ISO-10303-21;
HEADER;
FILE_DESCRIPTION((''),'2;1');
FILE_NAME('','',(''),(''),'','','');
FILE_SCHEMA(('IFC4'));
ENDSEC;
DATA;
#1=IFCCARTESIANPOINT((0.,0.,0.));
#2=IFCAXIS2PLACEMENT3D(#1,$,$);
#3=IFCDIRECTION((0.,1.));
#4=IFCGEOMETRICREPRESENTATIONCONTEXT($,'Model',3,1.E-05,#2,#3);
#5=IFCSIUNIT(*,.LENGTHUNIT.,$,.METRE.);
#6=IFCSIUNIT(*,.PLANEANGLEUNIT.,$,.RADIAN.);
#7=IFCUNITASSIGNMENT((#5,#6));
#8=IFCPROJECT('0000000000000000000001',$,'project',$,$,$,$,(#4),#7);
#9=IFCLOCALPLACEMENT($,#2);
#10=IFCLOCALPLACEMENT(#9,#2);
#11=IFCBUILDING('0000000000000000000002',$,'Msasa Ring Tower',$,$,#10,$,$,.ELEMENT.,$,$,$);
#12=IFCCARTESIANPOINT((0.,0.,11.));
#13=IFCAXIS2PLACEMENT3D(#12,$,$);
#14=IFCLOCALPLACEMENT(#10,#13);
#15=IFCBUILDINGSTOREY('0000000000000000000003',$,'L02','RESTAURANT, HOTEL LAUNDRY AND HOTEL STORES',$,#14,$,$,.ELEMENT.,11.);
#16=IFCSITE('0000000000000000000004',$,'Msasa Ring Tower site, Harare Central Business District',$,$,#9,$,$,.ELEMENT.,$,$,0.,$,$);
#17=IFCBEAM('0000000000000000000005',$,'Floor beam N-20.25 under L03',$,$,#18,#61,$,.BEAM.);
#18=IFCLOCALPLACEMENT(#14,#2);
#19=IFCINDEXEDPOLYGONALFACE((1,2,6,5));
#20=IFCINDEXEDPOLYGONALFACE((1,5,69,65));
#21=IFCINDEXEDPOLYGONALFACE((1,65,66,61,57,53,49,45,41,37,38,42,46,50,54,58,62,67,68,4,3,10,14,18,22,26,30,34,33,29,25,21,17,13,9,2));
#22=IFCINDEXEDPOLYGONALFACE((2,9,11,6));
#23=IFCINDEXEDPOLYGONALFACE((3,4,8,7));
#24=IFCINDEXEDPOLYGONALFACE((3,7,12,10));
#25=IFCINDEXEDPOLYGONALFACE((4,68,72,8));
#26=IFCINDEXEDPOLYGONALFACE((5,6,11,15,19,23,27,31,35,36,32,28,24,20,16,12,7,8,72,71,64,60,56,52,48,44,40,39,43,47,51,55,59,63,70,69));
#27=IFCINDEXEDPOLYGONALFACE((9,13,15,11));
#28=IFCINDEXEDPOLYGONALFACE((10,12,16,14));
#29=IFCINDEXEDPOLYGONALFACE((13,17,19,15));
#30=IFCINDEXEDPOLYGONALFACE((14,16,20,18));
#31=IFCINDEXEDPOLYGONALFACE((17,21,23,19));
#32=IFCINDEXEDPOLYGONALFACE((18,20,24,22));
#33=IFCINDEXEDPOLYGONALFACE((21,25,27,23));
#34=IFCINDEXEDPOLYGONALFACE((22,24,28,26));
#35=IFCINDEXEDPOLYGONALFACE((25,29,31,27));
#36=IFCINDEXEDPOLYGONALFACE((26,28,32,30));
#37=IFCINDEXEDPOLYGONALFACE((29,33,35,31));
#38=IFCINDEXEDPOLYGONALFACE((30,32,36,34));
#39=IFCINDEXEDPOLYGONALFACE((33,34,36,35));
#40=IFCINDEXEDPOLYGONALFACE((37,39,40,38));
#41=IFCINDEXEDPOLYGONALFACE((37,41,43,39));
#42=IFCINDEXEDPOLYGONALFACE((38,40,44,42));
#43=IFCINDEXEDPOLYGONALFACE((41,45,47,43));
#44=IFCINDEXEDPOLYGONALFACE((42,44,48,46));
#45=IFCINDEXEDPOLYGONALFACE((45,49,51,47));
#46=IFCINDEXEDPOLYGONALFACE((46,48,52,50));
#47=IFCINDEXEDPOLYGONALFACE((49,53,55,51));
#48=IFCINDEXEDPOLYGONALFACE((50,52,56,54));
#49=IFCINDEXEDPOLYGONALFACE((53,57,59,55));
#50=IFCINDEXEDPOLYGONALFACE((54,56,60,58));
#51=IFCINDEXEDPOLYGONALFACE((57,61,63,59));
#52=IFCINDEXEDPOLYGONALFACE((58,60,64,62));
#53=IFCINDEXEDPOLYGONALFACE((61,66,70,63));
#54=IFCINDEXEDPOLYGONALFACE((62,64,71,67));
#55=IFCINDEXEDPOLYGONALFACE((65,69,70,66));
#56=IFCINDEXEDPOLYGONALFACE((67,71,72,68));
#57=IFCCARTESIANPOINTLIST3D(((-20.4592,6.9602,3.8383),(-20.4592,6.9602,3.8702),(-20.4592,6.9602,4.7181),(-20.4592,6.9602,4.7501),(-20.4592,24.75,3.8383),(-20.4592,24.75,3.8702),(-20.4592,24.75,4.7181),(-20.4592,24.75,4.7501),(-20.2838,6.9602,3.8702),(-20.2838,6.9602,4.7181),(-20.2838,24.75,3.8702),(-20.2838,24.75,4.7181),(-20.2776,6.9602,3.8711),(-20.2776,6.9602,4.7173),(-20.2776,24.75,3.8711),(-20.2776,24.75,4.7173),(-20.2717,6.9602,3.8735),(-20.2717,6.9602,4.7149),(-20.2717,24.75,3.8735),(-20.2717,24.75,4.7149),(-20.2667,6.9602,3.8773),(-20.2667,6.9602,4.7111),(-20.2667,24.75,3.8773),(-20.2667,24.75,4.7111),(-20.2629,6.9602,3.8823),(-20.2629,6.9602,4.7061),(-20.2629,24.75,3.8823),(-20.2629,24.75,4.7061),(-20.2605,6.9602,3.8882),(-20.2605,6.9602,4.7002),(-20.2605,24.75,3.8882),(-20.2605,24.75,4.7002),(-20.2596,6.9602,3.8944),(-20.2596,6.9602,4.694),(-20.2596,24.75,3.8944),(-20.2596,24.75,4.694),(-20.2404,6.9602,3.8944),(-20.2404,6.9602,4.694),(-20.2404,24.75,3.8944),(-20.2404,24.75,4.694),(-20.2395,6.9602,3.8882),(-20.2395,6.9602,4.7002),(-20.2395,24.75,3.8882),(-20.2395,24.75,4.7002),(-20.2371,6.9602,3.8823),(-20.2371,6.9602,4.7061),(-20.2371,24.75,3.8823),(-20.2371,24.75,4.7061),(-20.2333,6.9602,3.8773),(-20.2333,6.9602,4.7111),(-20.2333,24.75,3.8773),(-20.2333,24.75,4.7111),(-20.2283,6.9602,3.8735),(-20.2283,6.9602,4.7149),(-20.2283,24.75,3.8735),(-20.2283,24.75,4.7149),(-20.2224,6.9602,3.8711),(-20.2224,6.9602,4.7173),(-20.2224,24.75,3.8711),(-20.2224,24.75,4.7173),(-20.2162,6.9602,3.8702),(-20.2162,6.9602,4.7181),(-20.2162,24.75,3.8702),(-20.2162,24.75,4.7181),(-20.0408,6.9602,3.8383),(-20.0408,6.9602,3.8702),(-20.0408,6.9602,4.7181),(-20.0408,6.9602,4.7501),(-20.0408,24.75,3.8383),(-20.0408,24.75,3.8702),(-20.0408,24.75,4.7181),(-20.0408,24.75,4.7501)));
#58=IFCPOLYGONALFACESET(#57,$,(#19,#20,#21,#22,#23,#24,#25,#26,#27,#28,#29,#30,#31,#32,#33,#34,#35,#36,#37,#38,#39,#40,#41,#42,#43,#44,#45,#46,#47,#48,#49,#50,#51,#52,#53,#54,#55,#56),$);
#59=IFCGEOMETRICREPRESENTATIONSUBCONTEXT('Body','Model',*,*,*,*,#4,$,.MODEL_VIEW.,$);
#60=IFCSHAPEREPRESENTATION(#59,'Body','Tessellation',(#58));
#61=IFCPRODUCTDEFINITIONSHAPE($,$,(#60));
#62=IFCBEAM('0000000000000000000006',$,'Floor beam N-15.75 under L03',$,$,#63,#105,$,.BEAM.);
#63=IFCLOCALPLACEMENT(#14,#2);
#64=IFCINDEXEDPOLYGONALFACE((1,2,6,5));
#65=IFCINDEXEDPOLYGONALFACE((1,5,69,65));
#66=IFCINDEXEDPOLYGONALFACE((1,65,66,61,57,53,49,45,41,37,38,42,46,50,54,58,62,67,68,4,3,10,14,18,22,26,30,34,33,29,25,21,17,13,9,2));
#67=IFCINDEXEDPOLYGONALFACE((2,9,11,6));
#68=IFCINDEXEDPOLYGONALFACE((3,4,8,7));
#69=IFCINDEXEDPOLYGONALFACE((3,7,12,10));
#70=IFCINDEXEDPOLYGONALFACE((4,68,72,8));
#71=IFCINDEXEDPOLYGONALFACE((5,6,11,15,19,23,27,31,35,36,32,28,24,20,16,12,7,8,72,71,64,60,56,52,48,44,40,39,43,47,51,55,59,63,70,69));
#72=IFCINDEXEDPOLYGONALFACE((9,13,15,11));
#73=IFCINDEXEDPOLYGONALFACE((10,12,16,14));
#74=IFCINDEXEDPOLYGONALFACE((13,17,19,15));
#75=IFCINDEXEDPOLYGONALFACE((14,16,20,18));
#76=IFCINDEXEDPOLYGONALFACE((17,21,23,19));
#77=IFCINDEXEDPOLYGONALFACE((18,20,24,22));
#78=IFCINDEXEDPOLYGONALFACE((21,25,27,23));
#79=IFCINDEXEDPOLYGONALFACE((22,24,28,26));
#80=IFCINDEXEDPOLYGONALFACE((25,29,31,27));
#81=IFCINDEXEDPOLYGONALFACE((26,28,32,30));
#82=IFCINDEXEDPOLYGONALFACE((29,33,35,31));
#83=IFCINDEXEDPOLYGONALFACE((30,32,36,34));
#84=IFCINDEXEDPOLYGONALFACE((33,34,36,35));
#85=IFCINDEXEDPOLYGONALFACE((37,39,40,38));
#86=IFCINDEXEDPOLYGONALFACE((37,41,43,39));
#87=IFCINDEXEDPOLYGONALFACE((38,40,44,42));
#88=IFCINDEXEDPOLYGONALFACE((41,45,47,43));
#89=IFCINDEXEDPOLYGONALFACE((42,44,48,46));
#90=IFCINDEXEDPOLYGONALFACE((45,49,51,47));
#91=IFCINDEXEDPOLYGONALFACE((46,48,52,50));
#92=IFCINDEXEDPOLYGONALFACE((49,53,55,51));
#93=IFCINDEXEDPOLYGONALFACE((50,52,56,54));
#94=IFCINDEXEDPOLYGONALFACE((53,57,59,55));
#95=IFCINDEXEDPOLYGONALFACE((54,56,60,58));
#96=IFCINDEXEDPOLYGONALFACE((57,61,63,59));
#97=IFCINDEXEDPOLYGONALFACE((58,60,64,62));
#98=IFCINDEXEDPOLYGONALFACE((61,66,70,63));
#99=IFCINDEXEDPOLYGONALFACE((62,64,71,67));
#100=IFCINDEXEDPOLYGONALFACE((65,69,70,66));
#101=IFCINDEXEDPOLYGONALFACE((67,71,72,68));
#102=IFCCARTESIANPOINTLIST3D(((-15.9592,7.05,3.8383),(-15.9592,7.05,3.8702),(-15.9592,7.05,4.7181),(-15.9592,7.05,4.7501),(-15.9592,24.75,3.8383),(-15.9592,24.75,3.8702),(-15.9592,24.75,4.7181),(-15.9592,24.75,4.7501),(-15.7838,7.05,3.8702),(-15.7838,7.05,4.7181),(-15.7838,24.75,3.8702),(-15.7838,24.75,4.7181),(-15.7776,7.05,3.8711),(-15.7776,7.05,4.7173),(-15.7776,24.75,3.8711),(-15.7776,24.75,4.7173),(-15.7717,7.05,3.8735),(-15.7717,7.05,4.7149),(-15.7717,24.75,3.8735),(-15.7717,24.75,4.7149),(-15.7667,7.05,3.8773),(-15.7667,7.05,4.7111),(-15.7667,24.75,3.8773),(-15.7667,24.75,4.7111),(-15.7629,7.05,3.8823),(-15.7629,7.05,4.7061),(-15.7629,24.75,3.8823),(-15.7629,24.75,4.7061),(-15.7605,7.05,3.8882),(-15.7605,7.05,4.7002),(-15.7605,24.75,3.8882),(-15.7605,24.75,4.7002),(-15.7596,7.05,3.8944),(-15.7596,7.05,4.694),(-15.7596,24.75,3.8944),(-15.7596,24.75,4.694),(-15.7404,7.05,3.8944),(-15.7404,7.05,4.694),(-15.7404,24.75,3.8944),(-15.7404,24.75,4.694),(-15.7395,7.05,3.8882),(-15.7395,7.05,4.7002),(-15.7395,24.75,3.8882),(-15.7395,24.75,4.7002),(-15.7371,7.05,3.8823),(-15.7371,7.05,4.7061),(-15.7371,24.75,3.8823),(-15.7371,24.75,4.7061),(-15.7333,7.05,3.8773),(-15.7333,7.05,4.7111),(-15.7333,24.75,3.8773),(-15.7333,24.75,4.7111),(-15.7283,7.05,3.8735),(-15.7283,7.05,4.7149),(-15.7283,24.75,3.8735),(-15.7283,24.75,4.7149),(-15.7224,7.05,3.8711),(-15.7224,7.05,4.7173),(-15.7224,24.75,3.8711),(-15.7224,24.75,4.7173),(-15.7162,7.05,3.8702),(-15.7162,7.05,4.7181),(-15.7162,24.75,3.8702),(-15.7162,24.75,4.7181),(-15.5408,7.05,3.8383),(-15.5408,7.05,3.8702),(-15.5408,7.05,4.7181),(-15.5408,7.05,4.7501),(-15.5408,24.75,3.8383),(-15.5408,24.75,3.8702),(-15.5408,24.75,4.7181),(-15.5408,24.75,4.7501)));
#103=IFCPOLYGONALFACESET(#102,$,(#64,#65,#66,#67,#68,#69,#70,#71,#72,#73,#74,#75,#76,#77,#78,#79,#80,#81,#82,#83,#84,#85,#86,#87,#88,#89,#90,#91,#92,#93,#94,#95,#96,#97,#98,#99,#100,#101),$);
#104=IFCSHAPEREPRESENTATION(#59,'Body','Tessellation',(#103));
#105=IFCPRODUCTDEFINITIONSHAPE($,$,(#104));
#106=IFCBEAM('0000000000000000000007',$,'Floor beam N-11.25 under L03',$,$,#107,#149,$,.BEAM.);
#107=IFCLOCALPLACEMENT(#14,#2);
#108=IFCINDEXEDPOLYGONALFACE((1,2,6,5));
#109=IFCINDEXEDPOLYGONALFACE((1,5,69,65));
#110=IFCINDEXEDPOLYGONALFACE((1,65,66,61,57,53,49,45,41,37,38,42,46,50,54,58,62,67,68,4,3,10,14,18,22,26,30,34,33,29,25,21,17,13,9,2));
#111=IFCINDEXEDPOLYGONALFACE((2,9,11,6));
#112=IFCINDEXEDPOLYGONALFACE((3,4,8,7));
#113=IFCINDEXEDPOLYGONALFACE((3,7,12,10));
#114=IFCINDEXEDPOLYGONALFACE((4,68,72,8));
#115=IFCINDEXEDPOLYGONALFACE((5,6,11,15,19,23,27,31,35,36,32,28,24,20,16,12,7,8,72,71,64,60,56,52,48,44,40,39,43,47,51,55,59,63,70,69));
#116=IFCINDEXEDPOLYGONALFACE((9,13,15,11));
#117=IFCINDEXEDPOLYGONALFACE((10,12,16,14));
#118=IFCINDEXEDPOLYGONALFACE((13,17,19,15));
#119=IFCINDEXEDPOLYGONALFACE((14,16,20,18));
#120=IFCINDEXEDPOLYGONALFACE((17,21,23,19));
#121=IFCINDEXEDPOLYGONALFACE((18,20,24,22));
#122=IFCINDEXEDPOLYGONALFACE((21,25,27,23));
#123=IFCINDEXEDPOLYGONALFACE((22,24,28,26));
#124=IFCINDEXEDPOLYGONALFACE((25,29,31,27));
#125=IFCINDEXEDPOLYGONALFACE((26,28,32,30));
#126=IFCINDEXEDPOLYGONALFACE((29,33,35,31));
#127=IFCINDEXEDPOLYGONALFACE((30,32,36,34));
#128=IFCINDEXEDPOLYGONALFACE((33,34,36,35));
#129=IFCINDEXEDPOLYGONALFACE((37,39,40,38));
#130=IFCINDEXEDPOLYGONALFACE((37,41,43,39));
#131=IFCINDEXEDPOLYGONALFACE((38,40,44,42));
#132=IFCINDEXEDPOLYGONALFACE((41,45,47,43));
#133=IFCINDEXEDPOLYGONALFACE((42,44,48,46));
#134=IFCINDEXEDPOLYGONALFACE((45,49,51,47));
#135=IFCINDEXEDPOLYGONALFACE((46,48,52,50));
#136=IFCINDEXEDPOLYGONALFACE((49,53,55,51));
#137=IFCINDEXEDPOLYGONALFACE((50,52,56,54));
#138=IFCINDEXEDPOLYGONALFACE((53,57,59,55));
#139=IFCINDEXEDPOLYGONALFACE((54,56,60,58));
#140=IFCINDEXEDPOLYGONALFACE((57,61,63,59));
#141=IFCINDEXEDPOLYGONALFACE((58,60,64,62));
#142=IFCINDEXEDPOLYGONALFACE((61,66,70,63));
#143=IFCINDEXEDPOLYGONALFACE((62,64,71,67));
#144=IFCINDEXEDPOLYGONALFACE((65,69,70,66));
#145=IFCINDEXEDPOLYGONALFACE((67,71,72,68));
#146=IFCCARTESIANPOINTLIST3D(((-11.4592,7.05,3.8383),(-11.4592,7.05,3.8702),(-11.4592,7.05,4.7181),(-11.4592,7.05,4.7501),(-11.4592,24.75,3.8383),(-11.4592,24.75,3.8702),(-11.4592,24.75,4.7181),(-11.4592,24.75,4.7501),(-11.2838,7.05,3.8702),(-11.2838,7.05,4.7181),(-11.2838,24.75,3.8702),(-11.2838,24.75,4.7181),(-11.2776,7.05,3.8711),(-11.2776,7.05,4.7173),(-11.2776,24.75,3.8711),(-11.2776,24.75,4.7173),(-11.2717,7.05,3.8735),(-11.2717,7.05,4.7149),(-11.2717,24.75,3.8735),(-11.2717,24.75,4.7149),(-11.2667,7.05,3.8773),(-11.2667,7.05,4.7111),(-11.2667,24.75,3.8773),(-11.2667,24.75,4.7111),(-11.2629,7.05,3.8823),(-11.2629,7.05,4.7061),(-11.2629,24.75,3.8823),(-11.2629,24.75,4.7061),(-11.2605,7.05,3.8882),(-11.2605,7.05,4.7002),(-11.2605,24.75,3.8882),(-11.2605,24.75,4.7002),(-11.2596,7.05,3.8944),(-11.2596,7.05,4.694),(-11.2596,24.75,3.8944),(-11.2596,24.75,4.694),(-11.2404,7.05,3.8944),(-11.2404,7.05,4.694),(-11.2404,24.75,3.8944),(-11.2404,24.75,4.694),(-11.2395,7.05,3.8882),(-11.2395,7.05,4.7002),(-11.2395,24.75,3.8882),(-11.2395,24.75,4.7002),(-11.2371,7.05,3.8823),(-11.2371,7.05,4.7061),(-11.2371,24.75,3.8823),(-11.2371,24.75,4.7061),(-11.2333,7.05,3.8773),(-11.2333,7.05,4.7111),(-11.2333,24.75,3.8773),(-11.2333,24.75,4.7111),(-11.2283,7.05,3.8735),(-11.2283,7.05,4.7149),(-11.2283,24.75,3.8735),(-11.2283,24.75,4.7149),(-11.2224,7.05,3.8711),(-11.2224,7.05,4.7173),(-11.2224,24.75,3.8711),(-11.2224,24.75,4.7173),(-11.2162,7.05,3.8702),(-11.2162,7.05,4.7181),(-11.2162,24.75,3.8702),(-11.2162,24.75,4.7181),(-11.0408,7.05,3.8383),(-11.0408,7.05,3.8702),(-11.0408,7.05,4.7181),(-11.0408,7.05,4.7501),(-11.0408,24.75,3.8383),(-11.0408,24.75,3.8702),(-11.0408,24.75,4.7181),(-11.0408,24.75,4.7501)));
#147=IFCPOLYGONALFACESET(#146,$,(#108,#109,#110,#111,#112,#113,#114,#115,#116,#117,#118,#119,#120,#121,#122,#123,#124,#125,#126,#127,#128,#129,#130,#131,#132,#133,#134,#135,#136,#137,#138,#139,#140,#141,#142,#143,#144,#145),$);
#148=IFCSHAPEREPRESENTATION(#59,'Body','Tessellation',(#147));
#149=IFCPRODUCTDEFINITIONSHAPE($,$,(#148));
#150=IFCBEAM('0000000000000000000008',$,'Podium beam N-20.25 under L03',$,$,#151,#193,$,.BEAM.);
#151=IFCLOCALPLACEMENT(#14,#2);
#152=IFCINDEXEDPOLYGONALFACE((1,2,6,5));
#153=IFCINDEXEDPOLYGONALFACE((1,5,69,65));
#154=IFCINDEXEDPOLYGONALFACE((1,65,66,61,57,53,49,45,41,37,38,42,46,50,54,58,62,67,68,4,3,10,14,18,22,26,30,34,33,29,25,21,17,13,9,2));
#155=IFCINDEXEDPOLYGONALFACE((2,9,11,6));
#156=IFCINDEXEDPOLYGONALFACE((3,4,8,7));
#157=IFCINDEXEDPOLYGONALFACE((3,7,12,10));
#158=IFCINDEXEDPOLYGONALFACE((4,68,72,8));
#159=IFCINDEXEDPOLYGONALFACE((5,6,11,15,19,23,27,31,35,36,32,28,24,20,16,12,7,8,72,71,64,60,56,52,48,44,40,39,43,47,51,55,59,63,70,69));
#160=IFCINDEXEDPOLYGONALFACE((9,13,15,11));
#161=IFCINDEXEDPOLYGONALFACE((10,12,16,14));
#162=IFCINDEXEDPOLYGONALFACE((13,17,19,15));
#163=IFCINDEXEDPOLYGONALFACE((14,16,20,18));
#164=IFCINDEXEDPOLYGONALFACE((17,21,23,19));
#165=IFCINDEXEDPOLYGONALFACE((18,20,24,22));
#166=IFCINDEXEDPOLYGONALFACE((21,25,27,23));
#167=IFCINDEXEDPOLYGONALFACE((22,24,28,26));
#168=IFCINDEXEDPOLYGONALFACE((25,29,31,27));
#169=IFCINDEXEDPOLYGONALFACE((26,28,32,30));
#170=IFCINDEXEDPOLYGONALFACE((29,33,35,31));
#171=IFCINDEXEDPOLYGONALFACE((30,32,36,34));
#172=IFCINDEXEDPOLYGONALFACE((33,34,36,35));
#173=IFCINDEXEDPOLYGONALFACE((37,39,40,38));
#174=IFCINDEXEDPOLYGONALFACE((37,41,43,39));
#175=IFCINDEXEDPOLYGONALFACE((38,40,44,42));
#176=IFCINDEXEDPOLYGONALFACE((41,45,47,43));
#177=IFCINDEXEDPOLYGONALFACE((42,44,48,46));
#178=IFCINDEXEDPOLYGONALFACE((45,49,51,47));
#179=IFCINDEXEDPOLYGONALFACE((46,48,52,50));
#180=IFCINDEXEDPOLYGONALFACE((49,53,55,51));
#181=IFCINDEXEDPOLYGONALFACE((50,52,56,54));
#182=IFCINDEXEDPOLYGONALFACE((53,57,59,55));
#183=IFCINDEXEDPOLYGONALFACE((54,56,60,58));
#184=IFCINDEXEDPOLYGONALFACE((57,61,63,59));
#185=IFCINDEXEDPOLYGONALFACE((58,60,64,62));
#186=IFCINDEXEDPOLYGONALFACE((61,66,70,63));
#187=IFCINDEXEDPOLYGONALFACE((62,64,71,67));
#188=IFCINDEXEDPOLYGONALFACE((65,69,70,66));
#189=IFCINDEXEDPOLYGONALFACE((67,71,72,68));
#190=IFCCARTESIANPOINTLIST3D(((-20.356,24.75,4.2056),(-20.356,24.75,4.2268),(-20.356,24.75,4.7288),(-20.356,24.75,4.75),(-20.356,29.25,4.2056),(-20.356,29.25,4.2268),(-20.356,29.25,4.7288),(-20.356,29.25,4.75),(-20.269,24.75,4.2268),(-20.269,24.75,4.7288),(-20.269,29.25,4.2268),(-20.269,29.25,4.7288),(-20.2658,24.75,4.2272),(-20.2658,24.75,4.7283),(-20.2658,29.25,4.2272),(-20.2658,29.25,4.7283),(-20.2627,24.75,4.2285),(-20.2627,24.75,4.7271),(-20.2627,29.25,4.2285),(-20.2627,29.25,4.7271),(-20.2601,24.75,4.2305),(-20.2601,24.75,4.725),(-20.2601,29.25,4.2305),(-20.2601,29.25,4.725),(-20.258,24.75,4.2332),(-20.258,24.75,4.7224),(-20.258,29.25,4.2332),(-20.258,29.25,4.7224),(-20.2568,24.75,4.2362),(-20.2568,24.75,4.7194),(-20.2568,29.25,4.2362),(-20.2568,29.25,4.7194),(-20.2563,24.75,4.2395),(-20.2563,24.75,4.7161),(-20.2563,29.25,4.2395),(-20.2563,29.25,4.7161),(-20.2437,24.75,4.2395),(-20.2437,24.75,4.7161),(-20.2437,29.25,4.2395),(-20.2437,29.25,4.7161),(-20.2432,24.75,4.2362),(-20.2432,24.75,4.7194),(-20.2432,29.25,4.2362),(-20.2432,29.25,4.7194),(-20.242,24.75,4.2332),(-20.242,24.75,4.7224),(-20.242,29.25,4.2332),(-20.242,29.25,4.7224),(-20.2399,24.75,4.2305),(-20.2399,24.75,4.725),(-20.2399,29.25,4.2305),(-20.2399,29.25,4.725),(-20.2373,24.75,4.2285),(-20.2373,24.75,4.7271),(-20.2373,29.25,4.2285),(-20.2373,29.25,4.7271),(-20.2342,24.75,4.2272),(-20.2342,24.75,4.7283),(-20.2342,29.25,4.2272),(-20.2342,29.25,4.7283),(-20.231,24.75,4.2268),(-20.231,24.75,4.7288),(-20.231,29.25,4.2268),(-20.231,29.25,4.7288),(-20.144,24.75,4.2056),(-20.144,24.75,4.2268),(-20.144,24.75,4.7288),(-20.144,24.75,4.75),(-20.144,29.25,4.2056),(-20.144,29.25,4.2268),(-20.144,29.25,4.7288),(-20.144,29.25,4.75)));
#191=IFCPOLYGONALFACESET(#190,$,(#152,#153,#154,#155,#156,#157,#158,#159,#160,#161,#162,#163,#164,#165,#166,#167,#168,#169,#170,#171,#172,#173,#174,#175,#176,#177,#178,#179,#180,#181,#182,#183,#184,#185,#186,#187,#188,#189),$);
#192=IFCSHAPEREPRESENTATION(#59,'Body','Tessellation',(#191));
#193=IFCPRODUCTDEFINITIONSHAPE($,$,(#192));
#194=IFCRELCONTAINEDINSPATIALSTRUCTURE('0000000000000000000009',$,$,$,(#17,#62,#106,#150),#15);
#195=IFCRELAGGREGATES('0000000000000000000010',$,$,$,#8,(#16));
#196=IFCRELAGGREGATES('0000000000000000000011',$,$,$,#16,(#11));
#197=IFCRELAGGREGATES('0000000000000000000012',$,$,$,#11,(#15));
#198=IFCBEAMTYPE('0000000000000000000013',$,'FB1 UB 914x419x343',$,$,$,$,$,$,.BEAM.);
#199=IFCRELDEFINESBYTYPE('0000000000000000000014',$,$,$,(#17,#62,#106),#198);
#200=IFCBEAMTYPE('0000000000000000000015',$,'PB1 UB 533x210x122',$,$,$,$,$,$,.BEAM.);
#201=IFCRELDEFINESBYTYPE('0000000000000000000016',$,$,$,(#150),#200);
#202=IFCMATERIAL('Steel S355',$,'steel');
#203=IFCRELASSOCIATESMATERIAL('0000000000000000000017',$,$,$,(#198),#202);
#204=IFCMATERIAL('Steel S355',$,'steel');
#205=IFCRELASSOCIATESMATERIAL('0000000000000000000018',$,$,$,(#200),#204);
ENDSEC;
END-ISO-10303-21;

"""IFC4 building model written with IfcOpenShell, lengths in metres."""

from ifc_helpers import new_model, si_unit, direction, frame, origin, origin_2d, place, context, subcontext, project, spatial, i_section, extrude, material, material_profile, profile_set, type_object, element, save


model = new_model("IFC4")

# Units and contexts
model_context = context("Model", 3, precision=1e-05, world=origin(), true_north=direction((0.0, 1.0)))
body_context = subcontext(model_context, "Body", "Model", "MODEL_VIEW")
ifc_project = project(units=[si_unit("LENGTHUNIT", "METRE"), si_unit("PLANEANGLEUNIT", "RADIAN")], contexts=[model_context])

# Site, building, storey
site_placement = place(None, origin())
site = spatial("IfcSite", under=ifc_project, at=site_placement, Name="Msasa Ring Tower site, Harare Central Business District", CompositionType="ELEMENT", RefElevation=0.0)
building_placement = place(site_placement, origin())
building = spatial("IfcBuilding", under=site, at=building_placement, Name="Msasa Ring Tower", CompositionType="ELEMENT")
storey_placement = place(building_placement, frame((0.0, 0.0, 11.0)))
storey = spatial("IfcBuildingStorey", under=building, at=storey_placement, Name="L02", Description="RESTAURANT, HOTEL LAUNDRY AND HOTEL STORES", CompositionType="ELEMENT", Elevation=11.0)

# Beams
ifc_material_1 = material(Name="Steel S355", Category="steel")
ifc_material_profile_1 = material_profile(ifc_material_1, i_section(OverallWidth=0.4185, OverallDepth=0.9119, WebThickness=0.0193, FlangeThickness=0.032, FilletRadius=0.0242, at=origin_2d()), Name="UB 914x419x343")
ifc_profile_set_1 = profile_set([ifc_material_profile_1], Name="Steel S355")
beam_type_1 = type_object("IfcBeamType", Name="FB1 UB 914x419x343", PredefinedType="BEAM", material=ifc_profile_set_1)
beam_placement = place(storey_placement, frame((-20.25, 24.75, 4.2942), z_axis=(0.0, -1.0, 0.0), x_axis=(1.0, 0.0, 0.0)))
element("IfcBeam", 1, at=beam_placement, inside=storey, type_object=beam_type_1, Name="Floor beam N-20.25 under L03", PredefinedType="BEAM", context=body_context, shape_type="SweptSolid", body=[
    extrude(i_section(OverallWidth=0.4185, OverallDepth=0.9119, WebThickness=0.0193, FlangeThickness=0.032, FilletRadius=0.0242, at=origin_2d()), origin(), (0.0, 0.0, 1.0), 17.7898),
])
for number, where, z_axis, x_axis, name in (
    (2, (-15.75, 24.75, 4.2942), (0.0, -1.0, 0.0), (1.0, 0.0, 0.0), "Floor beam N-15.75 under L03"),
    (3, (-11.25, 24.75, 4.2942), (0.0, -1.0, 0.0), (1.0, 0.0, 0.0), "Floor beam N-11.25 under L03"),
):
    element("IfcBeam", number, at=place(storey_placement, frame(where, z_axis=z_axis, x_axis=x_axis)), inside=storey, type_object=beam_type_1, Name=name, PredefinedType="BEAM", context=body_context, shape_type="SweptSolid", body=[
        extrude(i_section(OverallWidth=0.4185, OverallDepth=0.9119, WebThickness=0.0193, FlangeThickness=0.032, FilletRadius=0.0242, at=origin_2d()), origin(), (0.0, 0.0, 1.0), 17.7),
    ])
ifc_material_2 = material(Name="Steel S355", Category="steel")
ifc_material_profile_2 = material_profile(ifc_material_2, i_section(OverallWidth=0.2119, OverallDepth=0.5444, WebThickness=0.0127, FlangeThickness=0.0212, FilletRadius=0.0127, at=origin_2d()), Name="UB 533x210x122")
ifc_profile_set_2 = profile_set([ifc_material_profile_2], Name="Steel S355")
beam_type_2 = type_object("IfcBeamType", Name="PB1 UB 533x210x122", PredefinedType="BEAM", material=ifc_profile_set_2)
for number, where, z_axis, x_axis, name in (
    (4, (-20.25, 29.25, 4.4778), (0.0, -1.0, 0.0), (1.0, 0.0, 0.0), "Podium beam N-20.25 under L03"),
):
    element("IfcBeam", number, at=place(storey_placement, frame(where, z_axis=z_axis, x_axis=x_axis)), inside=storey, type_object=beam_type_2, Name=name, PredefinedType="BEAM", context=body_context, shape_type="SweptSolid", body=[
        extrude(i_section(OverallWidth=0.2119, OverallDepth=0.5444, WebThickness=0.0127, FlangeThickness=0.0212, FilletRadius=0.0127, at=origin_2d()), origin(), (0.0, 0.0, 1.0), 4.5),
    ])

save(model, "model.ifc")
